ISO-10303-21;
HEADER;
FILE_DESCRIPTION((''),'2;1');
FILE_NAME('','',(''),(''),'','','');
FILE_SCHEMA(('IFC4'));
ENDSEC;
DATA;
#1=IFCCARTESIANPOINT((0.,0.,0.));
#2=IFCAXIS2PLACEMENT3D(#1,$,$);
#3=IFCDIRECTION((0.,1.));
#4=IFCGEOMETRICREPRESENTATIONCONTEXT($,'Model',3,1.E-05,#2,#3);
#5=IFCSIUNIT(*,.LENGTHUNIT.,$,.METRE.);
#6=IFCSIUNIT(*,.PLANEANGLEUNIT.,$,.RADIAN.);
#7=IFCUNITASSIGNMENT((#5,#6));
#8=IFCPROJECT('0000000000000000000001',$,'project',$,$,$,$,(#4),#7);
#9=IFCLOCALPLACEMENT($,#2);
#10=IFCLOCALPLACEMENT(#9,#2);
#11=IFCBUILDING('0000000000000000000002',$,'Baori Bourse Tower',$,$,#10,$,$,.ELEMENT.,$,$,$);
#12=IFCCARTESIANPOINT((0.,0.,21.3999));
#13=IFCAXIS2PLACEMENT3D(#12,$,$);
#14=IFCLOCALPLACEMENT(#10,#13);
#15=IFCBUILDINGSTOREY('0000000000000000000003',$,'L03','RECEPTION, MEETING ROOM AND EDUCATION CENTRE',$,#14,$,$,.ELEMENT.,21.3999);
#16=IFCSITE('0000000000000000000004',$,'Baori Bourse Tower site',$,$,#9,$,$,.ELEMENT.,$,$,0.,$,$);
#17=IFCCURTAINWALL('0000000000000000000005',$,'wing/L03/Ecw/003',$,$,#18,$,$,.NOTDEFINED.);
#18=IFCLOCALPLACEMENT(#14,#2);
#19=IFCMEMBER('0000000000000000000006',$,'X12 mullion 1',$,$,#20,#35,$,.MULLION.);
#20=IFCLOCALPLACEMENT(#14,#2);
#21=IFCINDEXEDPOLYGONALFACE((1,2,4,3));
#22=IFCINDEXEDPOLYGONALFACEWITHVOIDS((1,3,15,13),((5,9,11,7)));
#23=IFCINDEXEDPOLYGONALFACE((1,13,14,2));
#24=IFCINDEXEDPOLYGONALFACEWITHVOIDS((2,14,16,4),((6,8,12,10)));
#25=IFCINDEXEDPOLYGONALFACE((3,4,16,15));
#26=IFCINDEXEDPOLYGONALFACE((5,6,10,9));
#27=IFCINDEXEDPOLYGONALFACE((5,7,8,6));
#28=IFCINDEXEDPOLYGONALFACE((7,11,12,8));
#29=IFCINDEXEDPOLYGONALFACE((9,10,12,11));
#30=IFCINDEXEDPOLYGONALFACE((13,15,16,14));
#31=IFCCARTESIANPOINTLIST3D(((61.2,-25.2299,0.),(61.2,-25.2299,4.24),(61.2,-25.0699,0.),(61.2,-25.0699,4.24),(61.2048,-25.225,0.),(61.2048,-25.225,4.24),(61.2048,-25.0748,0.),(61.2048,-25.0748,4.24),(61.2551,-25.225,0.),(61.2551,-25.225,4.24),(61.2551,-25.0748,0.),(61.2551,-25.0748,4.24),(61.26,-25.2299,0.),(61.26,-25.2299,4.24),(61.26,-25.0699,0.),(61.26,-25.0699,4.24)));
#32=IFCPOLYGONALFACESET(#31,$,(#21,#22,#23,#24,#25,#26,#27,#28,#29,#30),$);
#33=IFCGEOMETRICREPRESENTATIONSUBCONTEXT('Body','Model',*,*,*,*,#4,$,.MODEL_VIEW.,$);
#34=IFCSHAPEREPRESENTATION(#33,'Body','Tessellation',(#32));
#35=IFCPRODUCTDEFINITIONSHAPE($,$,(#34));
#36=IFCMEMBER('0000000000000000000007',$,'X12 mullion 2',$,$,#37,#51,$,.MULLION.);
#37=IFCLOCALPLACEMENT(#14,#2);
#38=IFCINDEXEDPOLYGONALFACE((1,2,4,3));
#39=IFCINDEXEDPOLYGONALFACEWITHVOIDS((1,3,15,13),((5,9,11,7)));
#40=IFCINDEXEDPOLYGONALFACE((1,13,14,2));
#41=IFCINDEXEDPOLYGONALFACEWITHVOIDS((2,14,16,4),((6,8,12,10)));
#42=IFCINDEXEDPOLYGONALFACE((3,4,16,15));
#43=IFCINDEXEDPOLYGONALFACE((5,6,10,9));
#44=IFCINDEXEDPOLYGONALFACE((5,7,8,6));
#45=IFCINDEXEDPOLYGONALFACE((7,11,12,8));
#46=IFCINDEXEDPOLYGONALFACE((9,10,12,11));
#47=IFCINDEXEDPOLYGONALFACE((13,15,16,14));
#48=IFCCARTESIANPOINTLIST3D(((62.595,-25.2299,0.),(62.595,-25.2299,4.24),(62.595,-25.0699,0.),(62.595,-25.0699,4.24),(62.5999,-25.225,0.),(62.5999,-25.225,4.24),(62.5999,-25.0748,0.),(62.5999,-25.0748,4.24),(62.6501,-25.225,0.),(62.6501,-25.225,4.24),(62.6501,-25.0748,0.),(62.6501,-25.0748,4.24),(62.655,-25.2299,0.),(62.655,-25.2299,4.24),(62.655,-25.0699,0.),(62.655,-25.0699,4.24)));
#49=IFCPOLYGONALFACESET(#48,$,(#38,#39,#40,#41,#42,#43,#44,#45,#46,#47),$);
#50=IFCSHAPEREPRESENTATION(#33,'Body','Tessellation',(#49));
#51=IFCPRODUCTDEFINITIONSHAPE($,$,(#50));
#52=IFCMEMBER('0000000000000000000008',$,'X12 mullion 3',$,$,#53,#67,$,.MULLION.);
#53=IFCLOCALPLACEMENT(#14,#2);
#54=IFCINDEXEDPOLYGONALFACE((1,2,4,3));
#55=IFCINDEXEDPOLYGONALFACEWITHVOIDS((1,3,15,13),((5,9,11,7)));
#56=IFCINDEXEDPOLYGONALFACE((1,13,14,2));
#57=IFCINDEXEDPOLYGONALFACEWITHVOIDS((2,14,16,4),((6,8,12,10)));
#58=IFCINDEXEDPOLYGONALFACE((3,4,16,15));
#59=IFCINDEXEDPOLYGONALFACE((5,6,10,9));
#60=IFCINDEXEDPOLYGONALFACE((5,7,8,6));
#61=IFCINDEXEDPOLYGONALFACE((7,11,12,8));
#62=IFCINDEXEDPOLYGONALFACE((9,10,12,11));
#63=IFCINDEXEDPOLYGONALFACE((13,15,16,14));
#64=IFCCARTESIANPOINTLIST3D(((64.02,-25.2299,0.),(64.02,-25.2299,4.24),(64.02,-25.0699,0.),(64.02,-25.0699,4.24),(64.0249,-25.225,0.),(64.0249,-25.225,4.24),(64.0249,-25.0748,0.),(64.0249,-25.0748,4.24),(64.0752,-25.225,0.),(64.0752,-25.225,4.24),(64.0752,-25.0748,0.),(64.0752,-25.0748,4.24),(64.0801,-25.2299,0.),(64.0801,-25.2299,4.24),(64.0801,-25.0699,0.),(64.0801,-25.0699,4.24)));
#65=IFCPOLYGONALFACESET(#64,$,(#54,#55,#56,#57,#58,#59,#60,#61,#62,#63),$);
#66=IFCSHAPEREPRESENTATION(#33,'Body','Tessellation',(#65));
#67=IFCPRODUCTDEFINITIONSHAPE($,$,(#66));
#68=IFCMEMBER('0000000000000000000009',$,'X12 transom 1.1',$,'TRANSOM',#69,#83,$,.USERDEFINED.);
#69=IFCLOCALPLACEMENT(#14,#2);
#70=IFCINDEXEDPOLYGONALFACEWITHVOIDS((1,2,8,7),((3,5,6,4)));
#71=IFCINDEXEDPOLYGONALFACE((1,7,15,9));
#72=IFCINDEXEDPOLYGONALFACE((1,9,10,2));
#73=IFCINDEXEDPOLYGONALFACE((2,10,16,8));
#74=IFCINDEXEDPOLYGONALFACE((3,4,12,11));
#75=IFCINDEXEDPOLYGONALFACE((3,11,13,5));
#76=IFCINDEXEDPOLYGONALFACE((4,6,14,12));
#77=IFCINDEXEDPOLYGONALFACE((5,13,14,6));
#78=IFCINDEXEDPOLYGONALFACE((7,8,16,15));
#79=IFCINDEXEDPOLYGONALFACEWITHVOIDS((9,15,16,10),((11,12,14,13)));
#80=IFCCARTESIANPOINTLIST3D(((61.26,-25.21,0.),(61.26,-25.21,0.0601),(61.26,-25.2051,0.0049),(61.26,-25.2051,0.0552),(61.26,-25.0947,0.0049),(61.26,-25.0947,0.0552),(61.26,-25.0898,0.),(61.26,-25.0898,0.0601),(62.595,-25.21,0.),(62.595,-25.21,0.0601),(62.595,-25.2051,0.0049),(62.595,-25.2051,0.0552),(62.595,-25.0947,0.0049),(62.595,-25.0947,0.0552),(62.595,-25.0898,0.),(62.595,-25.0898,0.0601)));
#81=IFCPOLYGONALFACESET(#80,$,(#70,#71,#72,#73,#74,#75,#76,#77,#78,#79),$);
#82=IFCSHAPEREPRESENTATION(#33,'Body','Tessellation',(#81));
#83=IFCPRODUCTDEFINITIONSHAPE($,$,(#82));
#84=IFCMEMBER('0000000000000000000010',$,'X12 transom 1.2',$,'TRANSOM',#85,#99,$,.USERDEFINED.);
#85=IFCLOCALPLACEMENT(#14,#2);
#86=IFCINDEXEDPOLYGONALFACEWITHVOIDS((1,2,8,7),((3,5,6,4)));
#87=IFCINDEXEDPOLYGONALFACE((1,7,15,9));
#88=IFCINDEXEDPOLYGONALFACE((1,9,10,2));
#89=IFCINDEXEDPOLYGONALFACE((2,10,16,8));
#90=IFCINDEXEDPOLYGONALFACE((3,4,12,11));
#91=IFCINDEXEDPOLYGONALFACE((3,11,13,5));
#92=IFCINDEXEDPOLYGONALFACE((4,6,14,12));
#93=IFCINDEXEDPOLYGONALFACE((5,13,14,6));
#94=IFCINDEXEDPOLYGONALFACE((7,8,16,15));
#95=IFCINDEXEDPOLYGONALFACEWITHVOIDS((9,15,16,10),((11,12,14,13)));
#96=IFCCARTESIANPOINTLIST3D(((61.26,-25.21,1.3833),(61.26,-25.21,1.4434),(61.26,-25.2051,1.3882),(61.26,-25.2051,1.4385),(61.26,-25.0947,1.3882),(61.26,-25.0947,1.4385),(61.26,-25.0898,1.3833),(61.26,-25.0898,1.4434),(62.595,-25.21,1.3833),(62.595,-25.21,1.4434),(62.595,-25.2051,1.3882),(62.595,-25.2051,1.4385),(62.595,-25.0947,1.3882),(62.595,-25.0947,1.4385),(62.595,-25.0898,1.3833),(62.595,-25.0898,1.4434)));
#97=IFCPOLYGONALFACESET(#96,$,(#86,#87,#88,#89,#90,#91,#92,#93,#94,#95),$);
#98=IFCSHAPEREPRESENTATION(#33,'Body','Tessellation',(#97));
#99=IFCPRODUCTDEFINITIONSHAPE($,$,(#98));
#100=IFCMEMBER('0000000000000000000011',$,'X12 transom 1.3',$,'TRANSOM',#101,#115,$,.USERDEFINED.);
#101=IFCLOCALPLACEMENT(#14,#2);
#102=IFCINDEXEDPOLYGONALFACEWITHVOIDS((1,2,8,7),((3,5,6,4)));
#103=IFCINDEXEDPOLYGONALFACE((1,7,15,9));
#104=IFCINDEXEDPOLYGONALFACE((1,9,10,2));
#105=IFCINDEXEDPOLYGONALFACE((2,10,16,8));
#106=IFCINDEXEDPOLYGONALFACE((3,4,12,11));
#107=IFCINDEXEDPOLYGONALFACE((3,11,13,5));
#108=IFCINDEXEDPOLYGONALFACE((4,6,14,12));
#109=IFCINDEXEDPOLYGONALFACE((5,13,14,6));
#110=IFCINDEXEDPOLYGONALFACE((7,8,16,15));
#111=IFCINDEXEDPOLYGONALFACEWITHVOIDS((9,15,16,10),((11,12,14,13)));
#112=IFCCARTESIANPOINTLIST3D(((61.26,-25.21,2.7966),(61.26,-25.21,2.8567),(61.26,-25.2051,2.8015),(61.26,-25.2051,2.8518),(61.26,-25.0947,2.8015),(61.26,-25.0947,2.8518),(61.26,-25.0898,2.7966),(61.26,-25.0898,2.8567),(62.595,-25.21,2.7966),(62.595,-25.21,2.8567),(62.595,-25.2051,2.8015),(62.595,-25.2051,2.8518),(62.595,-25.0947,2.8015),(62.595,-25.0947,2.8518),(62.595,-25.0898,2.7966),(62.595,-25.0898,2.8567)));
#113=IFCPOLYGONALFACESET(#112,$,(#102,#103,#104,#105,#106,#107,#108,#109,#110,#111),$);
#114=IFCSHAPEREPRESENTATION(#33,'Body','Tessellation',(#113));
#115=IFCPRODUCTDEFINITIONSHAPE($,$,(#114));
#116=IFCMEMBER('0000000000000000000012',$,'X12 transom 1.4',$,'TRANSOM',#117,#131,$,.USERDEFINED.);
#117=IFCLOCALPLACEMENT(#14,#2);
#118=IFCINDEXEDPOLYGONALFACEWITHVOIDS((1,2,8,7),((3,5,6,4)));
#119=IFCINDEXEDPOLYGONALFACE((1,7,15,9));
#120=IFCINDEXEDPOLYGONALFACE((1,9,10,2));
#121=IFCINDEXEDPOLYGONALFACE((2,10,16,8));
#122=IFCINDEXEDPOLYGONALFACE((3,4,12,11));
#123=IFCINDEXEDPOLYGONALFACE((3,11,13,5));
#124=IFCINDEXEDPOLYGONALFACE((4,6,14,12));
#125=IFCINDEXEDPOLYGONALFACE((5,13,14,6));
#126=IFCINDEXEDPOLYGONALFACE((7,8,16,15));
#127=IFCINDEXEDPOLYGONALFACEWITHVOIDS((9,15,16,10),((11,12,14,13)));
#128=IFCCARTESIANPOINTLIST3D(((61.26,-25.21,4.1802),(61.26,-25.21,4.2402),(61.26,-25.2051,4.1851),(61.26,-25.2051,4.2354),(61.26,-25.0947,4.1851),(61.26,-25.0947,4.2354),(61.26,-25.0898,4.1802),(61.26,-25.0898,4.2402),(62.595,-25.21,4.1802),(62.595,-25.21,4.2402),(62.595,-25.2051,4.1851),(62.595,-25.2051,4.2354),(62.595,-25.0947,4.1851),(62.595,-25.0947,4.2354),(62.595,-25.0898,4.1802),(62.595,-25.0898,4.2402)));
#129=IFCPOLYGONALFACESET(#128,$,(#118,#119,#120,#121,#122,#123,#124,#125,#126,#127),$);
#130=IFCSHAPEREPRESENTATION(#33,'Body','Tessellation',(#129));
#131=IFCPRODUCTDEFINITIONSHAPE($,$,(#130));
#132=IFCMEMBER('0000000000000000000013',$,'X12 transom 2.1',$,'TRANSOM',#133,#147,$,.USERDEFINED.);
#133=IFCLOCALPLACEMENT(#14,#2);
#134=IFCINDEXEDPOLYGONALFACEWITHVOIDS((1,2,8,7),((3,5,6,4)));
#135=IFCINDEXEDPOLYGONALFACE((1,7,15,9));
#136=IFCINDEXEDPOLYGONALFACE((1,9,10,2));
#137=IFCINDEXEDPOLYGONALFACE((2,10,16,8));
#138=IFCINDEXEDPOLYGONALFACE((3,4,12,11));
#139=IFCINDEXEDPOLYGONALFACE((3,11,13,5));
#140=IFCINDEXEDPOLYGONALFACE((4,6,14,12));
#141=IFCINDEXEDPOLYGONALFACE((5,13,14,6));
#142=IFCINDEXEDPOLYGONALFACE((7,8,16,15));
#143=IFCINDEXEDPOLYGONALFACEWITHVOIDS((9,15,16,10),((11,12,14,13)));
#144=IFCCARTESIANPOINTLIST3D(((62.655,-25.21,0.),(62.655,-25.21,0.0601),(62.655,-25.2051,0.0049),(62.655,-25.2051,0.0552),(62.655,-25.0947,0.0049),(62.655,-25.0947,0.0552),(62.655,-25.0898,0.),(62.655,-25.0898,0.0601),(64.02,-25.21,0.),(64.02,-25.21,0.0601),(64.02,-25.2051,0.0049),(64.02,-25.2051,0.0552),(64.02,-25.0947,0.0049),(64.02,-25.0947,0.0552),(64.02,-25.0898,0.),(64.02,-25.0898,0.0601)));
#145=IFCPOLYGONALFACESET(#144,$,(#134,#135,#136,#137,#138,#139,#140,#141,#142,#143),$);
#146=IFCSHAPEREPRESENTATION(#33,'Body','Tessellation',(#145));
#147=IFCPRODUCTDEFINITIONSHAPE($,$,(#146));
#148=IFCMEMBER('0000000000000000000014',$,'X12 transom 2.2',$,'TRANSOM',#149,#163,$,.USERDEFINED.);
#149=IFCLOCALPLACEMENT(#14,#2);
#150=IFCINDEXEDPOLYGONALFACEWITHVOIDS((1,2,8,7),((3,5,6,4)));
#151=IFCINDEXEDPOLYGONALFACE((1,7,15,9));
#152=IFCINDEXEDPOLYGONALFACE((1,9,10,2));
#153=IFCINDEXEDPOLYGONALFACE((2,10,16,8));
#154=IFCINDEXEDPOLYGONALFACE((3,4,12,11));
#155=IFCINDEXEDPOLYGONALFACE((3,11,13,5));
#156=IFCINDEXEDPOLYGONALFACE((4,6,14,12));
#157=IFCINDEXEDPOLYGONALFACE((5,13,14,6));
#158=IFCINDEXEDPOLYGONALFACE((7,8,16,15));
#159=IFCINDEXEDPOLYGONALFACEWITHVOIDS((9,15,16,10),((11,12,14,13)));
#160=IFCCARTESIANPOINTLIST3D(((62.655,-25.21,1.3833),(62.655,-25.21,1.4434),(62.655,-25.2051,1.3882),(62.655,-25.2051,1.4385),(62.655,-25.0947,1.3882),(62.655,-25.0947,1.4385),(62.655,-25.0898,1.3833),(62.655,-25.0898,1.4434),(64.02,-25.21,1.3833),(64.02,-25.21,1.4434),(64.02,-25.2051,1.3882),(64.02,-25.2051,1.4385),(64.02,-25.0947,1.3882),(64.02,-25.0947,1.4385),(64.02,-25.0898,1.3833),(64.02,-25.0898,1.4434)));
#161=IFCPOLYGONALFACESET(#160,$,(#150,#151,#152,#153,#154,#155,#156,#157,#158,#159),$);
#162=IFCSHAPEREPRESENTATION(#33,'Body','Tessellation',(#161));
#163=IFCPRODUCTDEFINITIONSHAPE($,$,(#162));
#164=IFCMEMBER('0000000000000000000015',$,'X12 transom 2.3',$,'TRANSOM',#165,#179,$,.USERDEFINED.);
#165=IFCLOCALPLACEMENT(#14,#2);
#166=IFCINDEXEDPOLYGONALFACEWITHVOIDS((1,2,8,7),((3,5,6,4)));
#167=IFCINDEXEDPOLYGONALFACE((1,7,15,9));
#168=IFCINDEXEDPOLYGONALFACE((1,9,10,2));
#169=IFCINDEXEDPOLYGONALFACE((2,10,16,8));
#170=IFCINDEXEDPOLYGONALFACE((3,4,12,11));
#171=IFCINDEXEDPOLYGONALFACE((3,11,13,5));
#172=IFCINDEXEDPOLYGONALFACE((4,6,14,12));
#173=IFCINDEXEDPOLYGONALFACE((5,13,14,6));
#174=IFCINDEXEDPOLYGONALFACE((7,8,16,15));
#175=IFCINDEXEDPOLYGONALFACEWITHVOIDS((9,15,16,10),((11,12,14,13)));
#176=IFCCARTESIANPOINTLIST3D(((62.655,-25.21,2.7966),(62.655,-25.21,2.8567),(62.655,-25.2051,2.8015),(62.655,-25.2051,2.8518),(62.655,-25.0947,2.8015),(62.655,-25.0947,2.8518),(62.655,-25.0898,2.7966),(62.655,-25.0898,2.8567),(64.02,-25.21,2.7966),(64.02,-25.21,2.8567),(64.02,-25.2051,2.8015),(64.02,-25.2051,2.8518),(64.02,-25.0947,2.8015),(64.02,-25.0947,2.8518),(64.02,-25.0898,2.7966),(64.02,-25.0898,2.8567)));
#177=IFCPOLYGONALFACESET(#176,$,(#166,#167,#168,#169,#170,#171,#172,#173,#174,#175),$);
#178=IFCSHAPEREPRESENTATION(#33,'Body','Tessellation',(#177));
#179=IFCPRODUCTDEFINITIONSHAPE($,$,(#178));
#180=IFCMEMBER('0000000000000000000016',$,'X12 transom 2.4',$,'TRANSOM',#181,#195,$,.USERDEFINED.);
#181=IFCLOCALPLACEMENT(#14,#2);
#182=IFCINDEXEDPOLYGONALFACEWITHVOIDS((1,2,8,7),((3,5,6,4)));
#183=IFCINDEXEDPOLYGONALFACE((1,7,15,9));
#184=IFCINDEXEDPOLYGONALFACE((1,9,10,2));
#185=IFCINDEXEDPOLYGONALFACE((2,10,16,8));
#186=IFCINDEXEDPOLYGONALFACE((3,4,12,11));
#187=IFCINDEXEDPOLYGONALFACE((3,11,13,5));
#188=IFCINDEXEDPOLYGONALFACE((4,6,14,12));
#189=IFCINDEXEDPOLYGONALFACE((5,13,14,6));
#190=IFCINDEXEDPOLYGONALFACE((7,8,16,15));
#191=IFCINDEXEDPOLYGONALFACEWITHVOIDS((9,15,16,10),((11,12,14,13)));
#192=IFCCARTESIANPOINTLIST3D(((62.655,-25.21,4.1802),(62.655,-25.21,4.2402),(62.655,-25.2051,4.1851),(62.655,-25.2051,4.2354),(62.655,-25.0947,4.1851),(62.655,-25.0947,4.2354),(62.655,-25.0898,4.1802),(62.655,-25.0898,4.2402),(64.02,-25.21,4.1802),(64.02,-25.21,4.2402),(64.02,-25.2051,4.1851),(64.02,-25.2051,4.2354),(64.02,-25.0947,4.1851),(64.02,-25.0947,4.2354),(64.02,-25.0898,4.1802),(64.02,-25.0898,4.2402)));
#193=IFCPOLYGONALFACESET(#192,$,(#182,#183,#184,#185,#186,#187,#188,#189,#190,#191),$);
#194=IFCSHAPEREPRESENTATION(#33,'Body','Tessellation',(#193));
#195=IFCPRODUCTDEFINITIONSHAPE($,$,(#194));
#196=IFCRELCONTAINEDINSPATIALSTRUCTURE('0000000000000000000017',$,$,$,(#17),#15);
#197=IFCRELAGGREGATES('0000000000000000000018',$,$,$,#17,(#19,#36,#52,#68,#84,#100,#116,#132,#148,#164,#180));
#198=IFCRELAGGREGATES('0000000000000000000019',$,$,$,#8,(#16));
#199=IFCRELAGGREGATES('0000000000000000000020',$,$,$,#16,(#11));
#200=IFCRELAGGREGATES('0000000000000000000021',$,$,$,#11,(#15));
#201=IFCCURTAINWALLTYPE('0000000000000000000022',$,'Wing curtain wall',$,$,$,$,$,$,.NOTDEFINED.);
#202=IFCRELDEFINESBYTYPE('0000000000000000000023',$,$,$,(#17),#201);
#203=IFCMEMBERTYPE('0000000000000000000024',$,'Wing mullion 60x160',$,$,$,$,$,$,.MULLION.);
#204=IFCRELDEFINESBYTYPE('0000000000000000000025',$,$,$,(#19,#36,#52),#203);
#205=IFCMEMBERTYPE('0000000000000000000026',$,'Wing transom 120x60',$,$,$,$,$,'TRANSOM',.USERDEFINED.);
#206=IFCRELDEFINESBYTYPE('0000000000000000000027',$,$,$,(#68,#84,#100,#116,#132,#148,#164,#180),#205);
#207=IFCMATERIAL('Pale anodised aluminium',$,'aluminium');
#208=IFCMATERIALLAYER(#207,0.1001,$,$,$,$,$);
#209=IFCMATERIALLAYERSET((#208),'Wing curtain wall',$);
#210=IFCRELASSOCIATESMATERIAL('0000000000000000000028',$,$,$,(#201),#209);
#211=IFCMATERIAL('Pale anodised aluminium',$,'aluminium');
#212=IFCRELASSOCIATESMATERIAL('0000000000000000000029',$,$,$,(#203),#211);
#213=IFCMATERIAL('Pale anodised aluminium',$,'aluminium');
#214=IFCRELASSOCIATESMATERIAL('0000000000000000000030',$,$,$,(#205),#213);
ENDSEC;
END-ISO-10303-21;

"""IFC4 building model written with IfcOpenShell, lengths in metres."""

from ifc_helpers import new_model, si_unit, direction, frame, origin, origin_2d, place, context, subcontext, project, spatial, hollow_rectangle, extrude, material, layer, layer_set, material_profile, profile_set, type_object, element, aggregate, save


model = new_model("IFC4")

# Units and contexts
model_context = context("Model", 3, precision=1e-05, world=origin(), true_north=direction((0.0, 1.0)))
body_context = subcontext(model_context, "Body", "Model", "MODEL_VIEW")
ifc_project = project(units=[si_unit("LENGTHUNIT", "METRE"), si_unit("PLANEANGLEUNIT", "RADIAN")], contexts=[model_context])

# Site, building, storey
site_placement = place(None, origin())
site = spatial("IfcSite", under=ifc_project, at=site_placement, Name="Baori Bourse Tower site", CompositionType="ELEMENT", RefElevation=0.0)
building_placement = place(site_placement, origin())
building = spatial("IfcBuilding", under=site, at=building_placement, Name="Baori Bourse Tower", CompositionType="ELEMENT")
storey_placement = place(building_placement, frame((0.0, 0.0, 21.3999)))
storey = spatial("IfcBuildingStorey", under=building, at=storey_placement, Name="L03", Description="RECEPTION, MEETING ROOM AND EDUCATION CENTRE", CompositionType="ELEMENT", Elevation=21.3999)

# Curtain wall, members
ifc_material_1 = material(Name="Pale anodised aluminium", Category="aluminium")
ifc_layer_1 = layer(ifc_material_1, 0.1001)
ifc_layer_set_1 = layer_set([ifc_layer_1], Name="Wing curtain wall")
curtain_wall_type = type_object("IfcCurtainWallType", Name="Wing curtain wall", PredefinedType="NOTDEFINED", material=ifc_layer_set_1)
curtain_wall_placement = place(storey_placement, origin())
curtain_wall = element("IfcCurtainWall", 1, at=curtain_wall_placement, inside=storey, type_object=curtain_wall_type, Name="wing/L03/Ecw/003", PredefinedType="NOTDEFINED")
ifc_material_2 = material(Name="Pale anodised aluminium", Category="aluminium")
ifc_material_profile_1 = material_profile(ifc_material_2, hollow_rectangle(XDim=0.1599, YDim=0.0601, WallThickness=0.0049, at=origin_2d()), Name="Mullion 160x60x5")
ifc_profile_set_1 = profile_set([ifc_material_profile_1], Name="Pale anodised aluminium")
member_type_1 = type_object("IfcMemberType", Name="Wing mullion 60x160", PredefinedType="MULLION", material=ifc_profile_set_1)
member_1_placement = place(storey_placement, frame((61.23, -25.1499, 0.0), z_axis=(0.0, 0.0, 1.0), x_axis=(0.0, 1.0, 0.0)))
member_1 = element("IfcMember", 2, at=member_1_placement, type_object=member_type_1, Name="X12 mullion 1", PredefinedType="MULLION", context=body_context, shape_type="SweptSolid", body=[
    extrude(hollow_rectangle(XDim=0.1599, YDim=0.0601, WallThickness=0.0049, at=origin_2d()), origin(), (0.0, 0.0, 1.0), 4.24),
])
member_2_placement = place(storey_placement, frame((62.625, -25.1499, 0.0), z_axis=(0.0, 0.0, 1.0), x_axis=(0.0, 1.0, 0.0)))
member_2 = element("IfcMember", 3, at=member_2_placement, type_object=member_type_1, Name="X12 mullion 2", PredefinedType="MULLION", context=body_context, shape_type="SweptSolid", body=[
    extrude(hollow_rectangle(XDim=0.1599, YDim=0.0601, WallThickness=0.0049, at=origin_2d()), origin(), (0.0, 0.0, 1.0), 4.24),
])
member_3_placement = place(storey_placement, frame((64.05, -25.1499, 0.0), z_axis=(0.0, 0.0, 1.0), x_axis=(0.0, 1.0, 0.0)))
member_3 = element("IfcMember", 4, at=member_3_placement, type_object=member_type_1, Name="X12 mullion 3", PredefinedType="MULLION", context=body_context, shape_type="SweptSolid", body=[
    extrude(hollow_rectangle(XDim=0.1599, YDim=0.0601, WallThickness=0.0049, at=origin_2d()), origin(), (0.0, 0.0, 1.0), 4.24),
])
ifc_material_3 = material(Name="Pale anodised aluminium", Category="aluminium")
ifc_material_profile_2 = material_profile(ifc_material_3, hollow_rectangle(XDim=0.1201, YDim=0.0601, WallThickness=0.0049, at=origin_2d()), Name="Transom 120x60x5")
ifc_profile_set_2 = profile_set([ifc_material_profile_2], Name="Pale anodised aluminium")
member_type_2 = type_object("IfcMemberType", Name="Wing transom 120x60", ElementType="TRANSOM", PredefinedType="USERDEFINED", material=ifc_profile_set_2)
member_4_placement = place(storey_placement, frame((61.26, -25.1499, 0.03), z_axis=(1.0, 0.0, 0.0), x_axis=(0.0, 1.0, 0.0)))
member_4 = element("IfcMember", 5, at=member_4_placement, type_object=member_type_2, Name="X12 transom 1.1", ObjectType="TRANSOM", PredefinedType="USERDEFINED", context=body_context, shape_type="SweptSolid", body=[
    extrude(hollow_rectangle(XDim=0.1201, YDim=0.0601, WallThickness=0.0049, at=origin_2d()), origin(), (0.0, 0.0, 1.0), 1.335),
])
member_5_placement = place(storey_placement, frame((61.26, -25.1499, 1.4133), z_axis=(1.0, 0.0, 0.0), x_axis=(0.0, 1.0, 0.0)))
member_5 = element("IfcMember", 6, at=member_5_placement, type_object=member_type_2, Name="X12 transom 1.2", ObjectType="TRANSOM", PredefinedType="USERDEFINED", context=body_context, shape_type="SweptSolid", body=[
    extrude(hollow_rectangle(XDim=0.1201, YDim=0.0601, WallThickness=0.0049, at=origin_2d()), origin(), (0.0, 0.0, 1.0), 1.335),
])
member_6_placement = place(storey_placement, frame((61.26, -25.1499, 2.8267), z_axis=(1.0, 0.0, 0.0), x_axis=(0.0, 1.0, 0.0)))
member_6 = element("IfcMember", 7, at=member_6_placement, type_object=member_type_2, Name="X12 transom 1.3", ObjectType="TRANSOM", PredefinedType="USERDEFINED", context=body_context, shape_type="SweptSolid", body=[
    extrude(hollow_rectangle(XDim=0.1201, YDim=0.0601, WallThickness=0.0049, at=origin_2d()), origin(), (0.0, 0.0, 1.0), 1.335),
])
member_7_placement = place(storey_placement, frame((61.26, -25.1499, 4.2102), z_axis=(1.0, 0.0, 0.0), x_axis=(0.0, 1.0, 0.0)))
member_7 = element("IfcMember", 8, at=member_7_placement, type_object=member_type_2, Name="X12 transom 1.4", ObjectType="TRANSOM", PredefinedType="USERDEFINED", context=body_context, shape_type="SweptSolid", body=[
    extrude(hollow_rectangle(XDim=0.1201, YDim=0.0601, WallThickness=0.0049, at=origin_2d()), origin(), (0.0, 0.0, 1.0), 1.335),
])
member_8_placement = place(storey_placement, frame((62.655, -25.1499, 0.03), z_axis=(1.0, 0.0, 0.0), x_axis=(0.0, 1.0, 0.0)))
member_8 = element("IfcMember", 9, at=member_8_placement, type_object=member_type_2, Name="X12 transom 2.1", ObjectType="TRANSOM", PredefinedType="USERDEFINED", context=body_context, shape_type="SweptSolid", body=[
    extrude(hollow_rectangle(XDim=0.1201, YDim=0.0601, WallThickness=0.0049, at=origin_2d()), origin(), (0.0, 0.0, 1.0), 1.365),
])
member_9_placement = place(storey_placement, frame((62.655, -25.1499, 1.4133), z_axis=(1.0, 0.0, 0.0), x_axis=(0.0, 1.0, 0.0)))
member_9 = element("IfcMember", 10, at=member_9_placement, type_object=member_type_2, Name="X12 transom 2.2", ObjectType="TRANSOM", PredefinedType="USERDEFINED", context=body_context, shape_type="SweptSolid", body=[
    extrude(hollow_rectangle(XDim=0.1201, YDim=0.0601, WallThickness=0.0049, at=origin_2d()), origin(), (0.0, 0.0, 1.0), 1.365),
])
member_10_placement = place(storey_placement, frame((62.655, -25.1499, 2.8267), z_axis=(1.0, 0.0, 0.0), x_axis=(0.0, 1.0, 0.0)))
member_10 = element("IfcMember", 11, at=member_10_placement, type_object=member_type_2, Name="X12 transom 2.3", ObjectType="TRANSOM", PredefinedType="USERDEFINED", context=body_context, shape_type="SweptSolid", body=[
    extrude(hollow_rectangle(XDim=0.1201, YDim=0.0601, WallThickness=0.0049, at=origin_2d()), origin(), (0.0, 0.0, 1.0), 1.365),
])
member_11_placement = place(storey_placement, frame((62.655, -25.1499, 4.2102), z_axis=(1.0, 0.0, 0.0), x_axis=(0.0, 1.0, 0.0)))
member_11 = element("IfcMember", 12, at=member_11_placement, type_object=member_type_2, Name="X12 transom 2.4", ObjectType="TRANSOM", PredefinedType="USERDEFINED", context=body_context, shape_type="SweptSolid", body=[
    extrude(hollow_rectangle(XDim=0.1201, YDim=0.0601, WallThickness=0.0049, at=origin_2d()), origin(), (0.0, 0.0, 1.0), 1.365),
])
aggregate(curtain_wall, [member_1, member_2, member_3, member_4, member_5, member_6, member_7, member_8, member_9, member_10, member_11])

save(model, "model.ifc")
